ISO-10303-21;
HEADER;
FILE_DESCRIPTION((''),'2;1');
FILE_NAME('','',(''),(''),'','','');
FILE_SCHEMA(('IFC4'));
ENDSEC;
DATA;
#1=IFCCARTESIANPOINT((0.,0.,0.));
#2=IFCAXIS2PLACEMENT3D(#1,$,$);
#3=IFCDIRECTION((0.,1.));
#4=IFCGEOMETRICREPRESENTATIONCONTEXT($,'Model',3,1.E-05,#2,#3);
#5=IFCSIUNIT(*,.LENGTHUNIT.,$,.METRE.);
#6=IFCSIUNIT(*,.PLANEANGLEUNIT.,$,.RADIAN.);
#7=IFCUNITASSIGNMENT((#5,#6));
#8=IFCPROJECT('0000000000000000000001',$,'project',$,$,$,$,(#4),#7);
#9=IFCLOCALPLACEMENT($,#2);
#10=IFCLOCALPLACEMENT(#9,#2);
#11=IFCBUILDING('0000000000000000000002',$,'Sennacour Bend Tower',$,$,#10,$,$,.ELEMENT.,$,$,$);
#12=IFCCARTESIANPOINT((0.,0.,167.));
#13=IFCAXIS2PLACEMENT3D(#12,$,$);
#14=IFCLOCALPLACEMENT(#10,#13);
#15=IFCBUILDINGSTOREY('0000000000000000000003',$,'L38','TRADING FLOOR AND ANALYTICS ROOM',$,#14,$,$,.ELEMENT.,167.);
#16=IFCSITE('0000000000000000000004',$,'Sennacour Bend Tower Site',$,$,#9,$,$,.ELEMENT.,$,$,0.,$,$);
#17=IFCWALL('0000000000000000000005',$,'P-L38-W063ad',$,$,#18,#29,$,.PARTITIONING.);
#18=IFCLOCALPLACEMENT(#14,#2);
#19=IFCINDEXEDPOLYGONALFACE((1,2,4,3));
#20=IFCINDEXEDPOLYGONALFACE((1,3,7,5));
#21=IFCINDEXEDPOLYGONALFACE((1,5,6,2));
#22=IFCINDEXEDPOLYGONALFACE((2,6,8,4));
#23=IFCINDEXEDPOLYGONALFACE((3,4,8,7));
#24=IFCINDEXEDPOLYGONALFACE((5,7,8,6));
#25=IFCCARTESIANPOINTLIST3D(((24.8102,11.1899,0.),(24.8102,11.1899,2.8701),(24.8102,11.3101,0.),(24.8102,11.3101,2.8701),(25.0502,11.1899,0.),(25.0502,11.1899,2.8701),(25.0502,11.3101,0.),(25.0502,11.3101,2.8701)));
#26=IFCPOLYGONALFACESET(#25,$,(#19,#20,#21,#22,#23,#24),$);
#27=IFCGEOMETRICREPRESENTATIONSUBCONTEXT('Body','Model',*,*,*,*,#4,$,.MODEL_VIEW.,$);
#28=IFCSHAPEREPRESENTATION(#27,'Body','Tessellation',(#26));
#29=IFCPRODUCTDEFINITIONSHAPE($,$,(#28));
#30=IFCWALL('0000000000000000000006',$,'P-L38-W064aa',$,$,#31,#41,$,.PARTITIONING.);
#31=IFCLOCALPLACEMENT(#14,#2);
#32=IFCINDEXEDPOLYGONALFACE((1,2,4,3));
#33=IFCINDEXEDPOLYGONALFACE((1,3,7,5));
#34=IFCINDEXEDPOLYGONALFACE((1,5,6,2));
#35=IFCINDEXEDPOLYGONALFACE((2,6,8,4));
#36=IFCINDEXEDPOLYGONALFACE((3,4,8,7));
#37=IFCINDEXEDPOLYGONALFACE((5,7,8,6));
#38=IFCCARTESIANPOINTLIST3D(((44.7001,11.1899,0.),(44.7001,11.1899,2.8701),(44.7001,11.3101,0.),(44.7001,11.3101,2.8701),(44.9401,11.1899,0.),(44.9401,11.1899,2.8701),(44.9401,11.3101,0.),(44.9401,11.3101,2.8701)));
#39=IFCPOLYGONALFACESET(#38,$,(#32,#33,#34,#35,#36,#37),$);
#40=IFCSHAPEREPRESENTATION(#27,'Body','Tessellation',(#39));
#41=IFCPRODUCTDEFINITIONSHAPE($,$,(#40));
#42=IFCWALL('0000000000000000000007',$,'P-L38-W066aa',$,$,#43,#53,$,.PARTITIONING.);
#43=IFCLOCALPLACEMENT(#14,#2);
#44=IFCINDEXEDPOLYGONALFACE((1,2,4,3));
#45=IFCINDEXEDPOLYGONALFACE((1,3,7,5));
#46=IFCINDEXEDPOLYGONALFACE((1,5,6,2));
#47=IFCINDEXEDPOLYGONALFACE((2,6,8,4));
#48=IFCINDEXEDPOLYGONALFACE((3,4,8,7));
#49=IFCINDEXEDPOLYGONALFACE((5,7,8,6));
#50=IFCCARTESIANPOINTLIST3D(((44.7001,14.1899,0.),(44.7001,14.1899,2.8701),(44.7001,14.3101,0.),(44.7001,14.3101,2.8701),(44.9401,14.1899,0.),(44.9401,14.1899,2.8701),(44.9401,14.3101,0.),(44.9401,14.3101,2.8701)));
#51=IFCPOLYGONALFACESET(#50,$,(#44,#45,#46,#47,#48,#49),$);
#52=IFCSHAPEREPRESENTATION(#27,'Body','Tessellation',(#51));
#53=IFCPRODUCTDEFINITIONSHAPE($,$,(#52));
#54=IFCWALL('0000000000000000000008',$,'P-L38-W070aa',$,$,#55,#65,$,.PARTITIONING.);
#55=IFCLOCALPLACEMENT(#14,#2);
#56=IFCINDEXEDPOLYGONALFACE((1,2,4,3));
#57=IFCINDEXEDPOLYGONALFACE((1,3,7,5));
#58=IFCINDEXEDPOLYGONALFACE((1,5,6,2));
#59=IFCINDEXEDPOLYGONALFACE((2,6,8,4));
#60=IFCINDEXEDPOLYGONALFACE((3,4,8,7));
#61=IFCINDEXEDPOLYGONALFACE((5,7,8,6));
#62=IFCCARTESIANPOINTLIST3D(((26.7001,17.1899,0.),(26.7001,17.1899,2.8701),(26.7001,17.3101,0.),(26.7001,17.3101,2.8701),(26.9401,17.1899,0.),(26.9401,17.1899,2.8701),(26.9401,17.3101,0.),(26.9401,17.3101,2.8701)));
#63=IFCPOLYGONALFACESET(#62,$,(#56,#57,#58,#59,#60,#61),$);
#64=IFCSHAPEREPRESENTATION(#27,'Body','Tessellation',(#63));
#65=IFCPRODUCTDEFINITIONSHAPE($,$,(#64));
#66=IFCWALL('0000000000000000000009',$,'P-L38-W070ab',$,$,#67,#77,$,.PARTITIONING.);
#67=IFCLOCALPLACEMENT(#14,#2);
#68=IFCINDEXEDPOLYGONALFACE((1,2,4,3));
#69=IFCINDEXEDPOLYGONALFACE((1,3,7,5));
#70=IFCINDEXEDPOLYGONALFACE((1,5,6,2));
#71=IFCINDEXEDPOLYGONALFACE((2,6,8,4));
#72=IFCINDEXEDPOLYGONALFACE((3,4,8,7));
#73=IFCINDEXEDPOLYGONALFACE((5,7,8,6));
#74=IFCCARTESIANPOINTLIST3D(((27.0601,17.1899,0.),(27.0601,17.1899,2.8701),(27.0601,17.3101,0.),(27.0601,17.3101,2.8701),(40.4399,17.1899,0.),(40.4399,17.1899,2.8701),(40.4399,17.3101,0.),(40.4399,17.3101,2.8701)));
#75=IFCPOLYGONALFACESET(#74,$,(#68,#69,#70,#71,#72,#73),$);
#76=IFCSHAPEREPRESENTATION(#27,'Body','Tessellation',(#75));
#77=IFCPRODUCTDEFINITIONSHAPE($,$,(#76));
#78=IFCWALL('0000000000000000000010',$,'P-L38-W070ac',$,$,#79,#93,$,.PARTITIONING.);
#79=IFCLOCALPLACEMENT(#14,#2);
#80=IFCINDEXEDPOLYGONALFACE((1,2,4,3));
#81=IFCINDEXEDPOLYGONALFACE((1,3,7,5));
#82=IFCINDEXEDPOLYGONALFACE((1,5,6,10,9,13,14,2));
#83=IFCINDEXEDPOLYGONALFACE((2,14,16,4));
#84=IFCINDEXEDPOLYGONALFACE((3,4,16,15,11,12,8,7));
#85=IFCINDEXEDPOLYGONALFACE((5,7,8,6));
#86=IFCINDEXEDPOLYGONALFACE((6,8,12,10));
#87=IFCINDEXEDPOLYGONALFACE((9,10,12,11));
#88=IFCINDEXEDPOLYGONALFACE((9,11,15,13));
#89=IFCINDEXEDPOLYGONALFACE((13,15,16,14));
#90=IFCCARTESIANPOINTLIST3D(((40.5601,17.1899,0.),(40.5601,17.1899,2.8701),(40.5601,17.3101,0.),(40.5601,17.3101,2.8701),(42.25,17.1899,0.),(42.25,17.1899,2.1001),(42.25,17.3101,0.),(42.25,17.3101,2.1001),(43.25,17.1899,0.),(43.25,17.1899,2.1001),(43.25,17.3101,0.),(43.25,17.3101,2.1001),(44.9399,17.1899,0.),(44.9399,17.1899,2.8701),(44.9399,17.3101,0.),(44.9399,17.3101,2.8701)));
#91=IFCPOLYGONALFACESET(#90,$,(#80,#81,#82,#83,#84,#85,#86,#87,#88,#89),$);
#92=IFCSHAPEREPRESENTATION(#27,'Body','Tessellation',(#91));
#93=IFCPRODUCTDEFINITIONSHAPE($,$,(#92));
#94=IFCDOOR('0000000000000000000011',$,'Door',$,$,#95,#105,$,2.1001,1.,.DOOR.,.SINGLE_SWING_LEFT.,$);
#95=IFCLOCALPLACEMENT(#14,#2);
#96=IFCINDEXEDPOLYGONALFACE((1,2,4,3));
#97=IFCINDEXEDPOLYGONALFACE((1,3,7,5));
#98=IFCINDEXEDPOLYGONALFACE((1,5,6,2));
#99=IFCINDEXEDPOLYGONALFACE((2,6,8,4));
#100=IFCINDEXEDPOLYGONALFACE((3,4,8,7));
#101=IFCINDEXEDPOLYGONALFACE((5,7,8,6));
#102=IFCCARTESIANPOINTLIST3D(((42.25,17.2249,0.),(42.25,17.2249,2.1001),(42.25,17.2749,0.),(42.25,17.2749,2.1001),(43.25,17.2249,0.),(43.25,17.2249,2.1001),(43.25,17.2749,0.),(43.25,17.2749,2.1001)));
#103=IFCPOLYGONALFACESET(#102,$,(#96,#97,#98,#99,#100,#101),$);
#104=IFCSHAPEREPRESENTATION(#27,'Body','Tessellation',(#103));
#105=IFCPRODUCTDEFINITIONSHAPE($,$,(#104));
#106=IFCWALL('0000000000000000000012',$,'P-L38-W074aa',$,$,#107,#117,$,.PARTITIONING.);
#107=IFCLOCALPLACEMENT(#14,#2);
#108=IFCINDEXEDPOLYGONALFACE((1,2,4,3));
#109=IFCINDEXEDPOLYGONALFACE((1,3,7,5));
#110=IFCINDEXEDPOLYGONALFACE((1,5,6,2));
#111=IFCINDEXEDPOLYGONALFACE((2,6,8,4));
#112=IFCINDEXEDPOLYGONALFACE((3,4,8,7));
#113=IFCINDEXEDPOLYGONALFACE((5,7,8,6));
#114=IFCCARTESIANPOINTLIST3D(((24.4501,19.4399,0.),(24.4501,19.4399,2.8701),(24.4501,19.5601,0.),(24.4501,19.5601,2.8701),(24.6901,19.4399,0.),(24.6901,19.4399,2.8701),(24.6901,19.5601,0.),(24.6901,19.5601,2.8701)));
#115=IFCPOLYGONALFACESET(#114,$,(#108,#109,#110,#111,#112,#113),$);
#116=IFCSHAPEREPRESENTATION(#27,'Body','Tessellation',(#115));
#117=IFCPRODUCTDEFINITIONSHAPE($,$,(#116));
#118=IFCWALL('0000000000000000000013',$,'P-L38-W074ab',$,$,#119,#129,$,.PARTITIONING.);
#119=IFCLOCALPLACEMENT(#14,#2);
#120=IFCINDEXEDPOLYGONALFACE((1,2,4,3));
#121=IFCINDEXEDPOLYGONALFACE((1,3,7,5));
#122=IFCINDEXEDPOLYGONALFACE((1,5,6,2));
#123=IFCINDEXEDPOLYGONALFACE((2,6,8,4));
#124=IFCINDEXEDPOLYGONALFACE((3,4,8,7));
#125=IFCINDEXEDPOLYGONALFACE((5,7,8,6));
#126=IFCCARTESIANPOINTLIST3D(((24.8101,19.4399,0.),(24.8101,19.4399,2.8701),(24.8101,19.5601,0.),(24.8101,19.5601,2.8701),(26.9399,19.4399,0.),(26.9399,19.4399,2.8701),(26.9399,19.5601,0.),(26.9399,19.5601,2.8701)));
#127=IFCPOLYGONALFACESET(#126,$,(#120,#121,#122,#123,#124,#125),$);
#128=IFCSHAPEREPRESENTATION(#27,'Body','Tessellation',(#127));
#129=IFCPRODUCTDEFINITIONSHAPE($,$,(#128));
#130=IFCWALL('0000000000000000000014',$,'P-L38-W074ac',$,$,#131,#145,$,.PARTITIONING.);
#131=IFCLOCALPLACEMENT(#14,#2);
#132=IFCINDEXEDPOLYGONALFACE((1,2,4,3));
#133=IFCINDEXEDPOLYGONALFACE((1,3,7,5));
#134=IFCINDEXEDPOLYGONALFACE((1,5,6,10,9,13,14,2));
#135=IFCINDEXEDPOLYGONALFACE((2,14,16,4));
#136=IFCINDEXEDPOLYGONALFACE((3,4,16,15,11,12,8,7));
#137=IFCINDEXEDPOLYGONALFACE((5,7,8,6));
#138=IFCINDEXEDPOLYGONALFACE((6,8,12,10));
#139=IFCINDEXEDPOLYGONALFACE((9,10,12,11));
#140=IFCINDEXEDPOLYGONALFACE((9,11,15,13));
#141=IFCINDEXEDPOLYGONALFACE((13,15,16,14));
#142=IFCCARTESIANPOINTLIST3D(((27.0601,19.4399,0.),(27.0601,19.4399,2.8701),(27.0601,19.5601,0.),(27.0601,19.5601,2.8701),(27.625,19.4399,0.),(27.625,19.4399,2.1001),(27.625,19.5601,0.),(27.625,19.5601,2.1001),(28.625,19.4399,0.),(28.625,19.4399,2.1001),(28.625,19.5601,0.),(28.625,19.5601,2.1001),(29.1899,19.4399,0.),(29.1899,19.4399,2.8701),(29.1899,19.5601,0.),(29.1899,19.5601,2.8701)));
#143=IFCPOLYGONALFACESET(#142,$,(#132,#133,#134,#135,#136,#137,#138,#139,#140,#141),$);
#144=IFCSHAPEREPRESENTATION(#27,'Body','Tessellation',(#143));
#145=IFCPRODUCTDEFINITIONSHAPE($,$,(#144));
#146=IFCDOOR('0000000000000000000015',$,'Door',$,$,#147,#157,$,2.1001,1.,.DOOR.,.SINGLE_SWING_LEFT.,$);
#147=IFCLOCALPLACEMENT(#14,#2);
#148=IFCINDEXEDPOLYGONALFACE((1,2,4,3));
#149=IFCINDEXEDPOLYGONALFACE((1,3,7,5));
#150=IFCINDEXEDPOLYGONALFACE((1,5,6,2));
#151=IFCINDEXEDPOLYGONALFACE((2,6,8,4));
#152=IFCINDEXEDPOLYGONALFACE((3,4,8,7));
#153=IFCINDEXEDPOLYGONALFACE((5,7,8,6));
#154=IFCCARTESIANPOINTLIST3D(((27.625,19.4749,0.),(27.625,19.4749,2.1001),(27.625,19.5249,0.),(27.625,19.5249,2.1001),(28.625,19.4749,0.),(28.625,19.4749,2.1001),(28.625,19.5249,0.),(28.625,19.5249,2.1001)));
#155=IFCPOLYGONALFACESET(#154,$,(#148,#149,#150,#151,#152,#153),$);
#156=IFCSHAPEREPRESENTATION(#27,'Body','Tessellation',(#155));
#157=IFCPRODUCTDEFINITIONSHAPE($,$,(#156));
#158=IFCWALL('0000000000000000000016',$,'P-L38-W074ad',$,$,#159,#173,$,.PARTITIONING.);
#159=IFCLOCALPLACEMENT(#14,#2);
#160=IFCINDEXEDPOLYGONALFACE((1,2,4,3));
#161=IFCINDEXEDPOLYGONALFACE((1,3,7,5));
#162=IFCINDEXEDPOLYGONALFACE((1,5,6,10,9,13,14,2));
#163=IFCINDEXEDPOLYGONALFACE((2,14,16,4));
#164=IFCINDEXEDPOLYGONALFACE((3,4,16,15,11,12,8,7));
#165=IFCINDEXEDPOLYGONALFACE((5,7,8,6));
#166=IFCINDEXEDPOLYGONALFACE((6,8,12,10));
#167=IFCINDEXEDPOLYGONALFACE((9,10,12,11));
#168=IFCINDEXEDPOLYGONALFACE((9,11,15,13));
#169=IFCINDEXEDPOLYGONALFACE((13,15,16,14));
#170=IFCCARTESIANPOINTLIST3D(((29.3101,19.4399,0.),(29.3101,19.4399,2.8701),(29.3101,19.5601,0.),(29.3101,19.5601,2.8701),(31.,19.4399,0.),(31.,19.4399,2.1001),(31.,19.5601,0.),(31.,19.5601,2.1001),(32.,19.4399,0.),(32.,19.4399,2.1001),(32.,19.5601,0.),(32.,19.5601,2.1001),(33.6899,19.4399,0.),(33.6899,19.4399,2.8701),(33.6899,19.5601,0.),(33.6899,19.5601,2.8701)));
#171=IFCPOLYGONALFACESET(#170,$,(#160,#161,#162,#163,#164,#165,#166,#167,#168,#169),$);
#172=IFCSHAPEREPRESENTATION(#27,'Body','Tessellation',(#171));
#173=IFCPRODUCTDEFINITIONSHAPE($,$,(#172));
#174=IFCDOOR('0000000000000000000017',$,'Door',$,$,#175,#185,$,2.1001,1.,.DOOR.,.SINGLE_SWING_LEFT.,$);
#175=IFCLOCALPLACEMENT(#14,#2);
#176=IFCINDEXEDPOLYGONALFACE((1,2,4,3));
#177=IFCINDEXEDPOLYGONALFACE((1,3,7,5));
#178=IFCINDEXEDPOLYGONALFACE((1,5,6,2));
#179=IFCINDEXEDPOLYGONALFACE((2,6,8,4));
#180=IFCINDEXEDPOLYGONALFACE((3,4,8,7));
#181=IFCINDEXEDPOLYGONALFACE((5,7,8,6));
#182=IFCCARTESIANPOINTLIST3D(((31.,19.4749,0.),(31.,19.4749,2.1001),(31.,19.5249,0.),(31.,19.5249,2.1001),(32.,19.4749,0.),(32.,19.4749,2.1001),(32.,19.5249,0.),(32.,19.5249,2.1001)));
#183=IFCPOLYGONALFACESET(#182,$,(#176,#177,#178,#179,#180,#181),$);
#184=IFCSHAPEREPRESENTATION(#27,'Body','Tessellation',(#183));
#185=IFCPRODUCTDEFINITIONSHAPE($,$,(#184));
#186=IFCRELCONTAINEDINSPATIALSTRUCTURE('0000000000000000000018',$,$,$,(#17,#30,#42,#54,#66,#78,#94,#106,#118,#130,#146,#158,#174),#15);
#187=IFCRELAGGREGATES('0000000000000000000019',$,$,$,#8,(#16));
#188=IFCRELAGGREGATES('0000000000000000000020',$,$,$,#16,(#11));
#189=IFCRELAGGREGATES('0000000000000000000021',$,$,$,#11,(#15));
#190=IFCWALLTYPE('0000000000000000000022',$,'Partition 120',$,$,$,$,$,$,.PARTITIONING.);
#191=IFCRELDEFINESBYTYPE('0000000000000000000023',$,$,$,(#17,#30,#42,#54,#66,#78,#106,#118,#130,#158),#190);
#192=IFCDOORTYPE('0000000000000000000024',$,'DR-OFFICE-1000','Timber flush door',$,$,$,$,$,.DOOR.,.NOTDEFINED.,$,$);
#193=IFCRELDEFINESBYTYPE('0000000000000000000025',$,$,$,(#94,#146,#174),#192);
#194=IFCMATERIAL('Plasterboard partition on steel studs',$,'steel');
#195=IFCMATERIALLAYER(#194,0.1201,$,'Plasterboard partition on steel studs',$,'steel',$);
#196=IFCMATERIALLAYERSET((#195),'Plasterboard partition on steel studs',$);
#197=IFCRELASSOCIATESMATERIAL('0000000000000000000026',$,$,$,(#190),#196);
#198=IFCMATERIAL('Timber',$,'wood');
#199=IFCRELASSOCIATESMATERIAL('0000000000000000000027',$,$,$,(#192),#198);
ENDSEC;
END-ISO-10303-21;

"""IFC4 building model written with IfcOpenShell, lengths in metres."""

from ifc_helpers import new_model, si_unit, direction, frame, frame_2d, origin, place, context, subcontext, project, spatial, rectangle, extrude, material, layer, layer_set, type_object, element, fill, save


model = new_model("IFC4")

# Units and contexts
model_context = context("Model", 3, precision=1e-05, world=origin(), true_north=direction((0.0, 1.0)))
body_context = subcontext(model_context, "Body", "Model", "MODEL_VIEW")
ifc_project = project(units=[si_unit("LENGTHUNIT", "METRE"), si_unit("PLANEANGLEUNIT", "RADIAN")], contexts=[model_context])

# Site, building, storey
site_placement = place(None, origin())
site = spatial("IfcSite", under=ifc_project, at=site_placement, Name="Sennacour Bend Tower Site", CompositionType="ELEMENT", RefElevation=0.0)
building_placement = place(site_placement, origin())
building = spatial("IfcBuilding", under=site, at=building_placement, Name="Sennacour Bend Tower", CompositionType="ELEMENT")
storey_placement = place(building_placement, frame((0.0, 0.0, 167.0)))
storey = spatial("IfcBuildingStorey", under=building, at=storey_placement, Name="L38", Description="TRADING FLOOR AND ANALYTICS ROOM", CompositionType="ELEMENT", Elevation=167.0)

# Shared definitions
ifc_material_1 = material(Name="Plasterboard partition on steel studs", Category="steel")
ifc_layer = layer(ifc_material_1, 0.1201, Name="Plasterboard partition on steel studs", Category="steel")
ifc_layer_set = layer_set([ifc_layer], Name="Plasterboard partition on steel studs")
wall_type = type_object("IfcWallType", Name="Partition 120", PredefinedType="PARTITIONING", material=ifc_layer_set)

# Shared definitions
ifc_material_2 = material(Name="Timber", Category="wood")

# Walls
for number, where, z_axis, x_axis, name in (
    (1, (24.8101, 11.25, 0.0), (0.0, 0.0, 1.0), (1.0, 0.0, 0.0), "P-L38-W063ad"),
    (2, (44.7, 11.25, 0.0), (0.0, 0.0, 1.0), (1.0, 0.0, 0.0), "P-L38-W064aa"),
    (3, (44.7, 14.25, 0.0), (0.0, 0.0, 1.0), (1.0, 0.0, 0.0), "P-L38-W066aa"),
    (4, (26.7, 17.25, 0.0), (0.0, 0.0, 1.0), (1.0, 0.0, 0.0), "P-L38-W070aa"),
):
    element("IfcWall", number, at=place(storey_placement, frame(where, z_axis=z_axis, x_axis=x_axis)), inside=storey, type_object=wall_type, Name=name, PredefinedType="PARTITIONING", context=body_context, shape_type="SweptSolid", body=[
        extrude(rectangle(XDim=0.24, YDim=0.1201, at=frame_2d((0.1201, 0.0))), origin(), (0.0, 0.0, 1.0), 2.8701),
    ])
wall_1_placement = place(storey_placement, frame((27.0601, 17.25, 0.0), z_axis=(0.0, 0.0, 1.0), x_axis=(1.0, 0.0, 0.0)))
element("IfcWall", 5, at=wall_1_placement, inside=storey, type_object=wall_type, Name="P-L38-W070ab", PredefinedType="PARTITIONING", context=body_context, shape_type="SweptSolid", body=[
    extrude(rectangle(XDim=13.3799, YDim=0.1201, at=frame_2d((6.6899, 0.0))), origin(), (0.0, 0.0, 1.0), 2.8701),
])

# Wall, opening, door
wall_2_placement = place(storey_placement, frame((40.5601, 17.25, 0.0), z_axis=(0.0, 0.0, 1.0), x_axis=(1.0, 0.0, 0.0)))
wall_2 = element("IfcWall", 6, at=wall_2_placement, inside=storey, type_object=wall_type, Name="P-L38-W070ac", PredefinedType="PARTITIONING", context=body_context, shape_type="SweptSolid", body=[
    extrude(rectangle(XDim=4.3799, YDim=0.1201, at=frame_2d((2.1899, 0.0))), origin(), (0.0, 0.0, 1.0), 2.8701),
])
opening_1_placement = place(wall_2_placement, frame((1.6899, 0.0, 0.0)))
opening_1 = element("IfcOpeningElement", 7, at=opening_1_placement, cuts=wall_2, PredefinedType="OPENING", context=body_context, shape_type="SweptSolid", body=[
    extrude(rectangle(XDim=1.0, YDim=2.1001, at=frame_2d((0.5, 1.05))), frame((0.0, 0.0701, 0.0), z_axis=(0.0, -1.0, 0.0), x_axis=(1.0, 0.0, 0.0)), (0.0, 0.0, 1.0), 0.1401),
])
door_type_1 = type_object("IfcDoorType", Name="DR-OFFICE-1000", Description="Timber flush door", OperationType="NOTDEFINED", PredefinedType="DOOR", material=ifc_material_2)
door_1_placement = place(opening_1_placement, origin())
door_1 = element("IfcDoor", 8, at=door_1_placement, inside=storey, type_object=door_type_1, Name="Door", OperationType="SINGLE_SWING_LEFT", OverallHeight=2.1001, OverallWidth=1.0, PredefinedType="DOOR", context=body_context, shape_type="SweptSolid", body=[
    extrude(rectangle(XDim=1.0, YDim=2.1001, at=frame_2d((0.5, 1.05))), frame((0.0, 0.0249, 0.0), z_axis=(0.0, -1.0, 0.0), x_axis=(1.0, 0.0, 0.0)), (0.0, 0.0, 1.0), 0.05),
])
fill(opening_1, door_1)

# Walls
wall_3_placement = place(storey_placement, frame((24.45, 19.5, 0.0), z_axis=(0.0, 0.0, 1.0), x_axis=(1.0, 0.0, 0.0)))
element("IfcWall", 9, at=wall_3_placement, inside=storey, type_object=wall_type, Name="P-L38-W074aa", PredefinedType="PARTITIONING", context=body_context, shape_type="SweptSolid", body=[
    extrude(rectangle(XDim=0.24, YDim=0.1201, at=frame_2d((0.1201, 0.0))), origin(), (0.0, 0.0, 1.0), 2.8701),
])
wall_4_placement = place(storey_placement, frame((24.8101, 19.5, 0.0), z_axis=(0.0, 0.0, 1.0), x_axis=(1.0, 0.0, 0.0)))
element("IfcWall", 10, at=wall_4_placement, inside=storey, type_object=wall_type, Name="P-L38-W074ab", PredefinedType="PARTITIONING", context=body_context, shape_type="SweptSolid", body=[
    extrude(rectangle(XDim=2.1299, YDim=0.1201, at=frame_2d((1.0649, 0.0))), origin(), (0.0, 0.0, 1.0), 2.8701),
])

# Walls, openings, doors
wall_5_placement = place(storey_placement, frame((27.0601, 19.5, 0.0), z_axis=(0.0, 0.0, 1.0), x_axis=(1.0, 0.0, 0.0)))
wall_5 = element("IfcWall", 11, at=wall_5_placement, inside=storey, type_object=wall_type, Name="P-L38-W074ac", PredefinedType="PARTITIONING", context=body_context, shape_type="SweptSolid", body=[
    extrude(rectangle(XDim=2.1299, YDim=0.1201, at=frame_2d((1.0649, 0.0))), origin(), (0.0, 0.0, 1.0), 2.8701),
])
opening_2_placement = place(wall_5_placement, frame((0.5649, 0.0, 0.0)))
opening_2 = element("IfcOpeningElement", 12, at=opening_2_placement, cuts=wall_5, PredefinedType="OPENING", context=body_context, shape_type="SweptSolid", body=[
    extrude(rectangle(XDim=1.0, YDim=2.1001, at=frame_2d((0.5, 1.05))), frame((0.0, 0.0701, 0.0), z_axis=(0.0, -1.0, 0.0), x_axis=(1.0, 0.0, 0.0)), (0.0, 0.0, 1.0), 0.1401),
])
door_2_placement = place(opening_2_placement, origin())
door_2 = element("IfcDoor", 13, at=door_2_placement, inside=storey, type_object=door_type_1, Name="Door", OperationType="SINGLE_SWING_LEFT", OverallHeight=2.1001, OverallWidth=1.0, PredefinedType="DOOR", context=body_context, shape_type="SweptSolid", body=[
    extrude(rectangle(XDim=1.0, YDim=2.1001, at=frame_2d((0.5, 1.05))), frame((0.0, 0.0249, 0.0), z_axis=(0.0, -1.0, 0.0), x_axis=(1.0, 0.0, 0.0)), (0.0, 0.0, 1.0), 0.05),
])
fill(opening_2, door_2)
wall_6_placement = place(storey_placement, frame((29.3101, 19.5, 0.0), z_axis=(0.0, 0.0, 1.0), x_axis=(1.0, 0.0, 0.0)))
wall_6 = element("IfcWall", 14, at=wall_6_placement, inside=storey, type_object=wall_type, Name="P-L38-W074ad", PredefinedType="PARTITIONING", context=body_context, shape_type="SweptSolid", body=[
    extrude(rectangle(XDim=4.3799, YDim=0.1201, at=frame_2d((2.1899, 0.0))), origin(), (0.0, 0.0, 1.0), 2.8701),
])
opening_3_placement = place(wall_6_placement, frame((1.6899, 0.0, 0.0)))
opening_3 = element("IfcOpeningElement", 15, at=opening_3_placement, cuts=wall_6, PredefinedType="OPENING", context=body_context, shape_type="SweptSolid", body=[
    extrude(rectangle(XDim=1.0, YDim=2.1001, at=frame_2d((0.5, 1.05))), frame((0.0, 0.0701, 0.0), z_axis=(0.0, -1.0, 0.0), x_axis=(1.0, 0.0, 0.0)), (0.0, 0.0, 1.0), 0.1401),
])
door_3_placement = place(opening_3_placement, origin())
door_3 = element("IfcDoor", 16, at=door_3_placement, inside=storey, type_object=door_type_1, Name="Door", OperationType="SINGLE_SWING_LEFT", OverallHeight=2.1001, OverallWidth=1.0, PredefinedType="DOOR", context=body_context, shape_type="SweptSolid", body=[
    extrude(rectangle(XDim=1.0, YDim=2.1001, at=frame_2d((0.5, 1.05))), frame((0.0, 0.0249, 0.0), z_axis=(0.0, -1.0, 0.0), x_axis=(1.0, 0.0, 0.0)), (0.0, 0.0, 1.0), 0.05),
])
fill(opening_3, door_3)

save(model, "model.ifc")
